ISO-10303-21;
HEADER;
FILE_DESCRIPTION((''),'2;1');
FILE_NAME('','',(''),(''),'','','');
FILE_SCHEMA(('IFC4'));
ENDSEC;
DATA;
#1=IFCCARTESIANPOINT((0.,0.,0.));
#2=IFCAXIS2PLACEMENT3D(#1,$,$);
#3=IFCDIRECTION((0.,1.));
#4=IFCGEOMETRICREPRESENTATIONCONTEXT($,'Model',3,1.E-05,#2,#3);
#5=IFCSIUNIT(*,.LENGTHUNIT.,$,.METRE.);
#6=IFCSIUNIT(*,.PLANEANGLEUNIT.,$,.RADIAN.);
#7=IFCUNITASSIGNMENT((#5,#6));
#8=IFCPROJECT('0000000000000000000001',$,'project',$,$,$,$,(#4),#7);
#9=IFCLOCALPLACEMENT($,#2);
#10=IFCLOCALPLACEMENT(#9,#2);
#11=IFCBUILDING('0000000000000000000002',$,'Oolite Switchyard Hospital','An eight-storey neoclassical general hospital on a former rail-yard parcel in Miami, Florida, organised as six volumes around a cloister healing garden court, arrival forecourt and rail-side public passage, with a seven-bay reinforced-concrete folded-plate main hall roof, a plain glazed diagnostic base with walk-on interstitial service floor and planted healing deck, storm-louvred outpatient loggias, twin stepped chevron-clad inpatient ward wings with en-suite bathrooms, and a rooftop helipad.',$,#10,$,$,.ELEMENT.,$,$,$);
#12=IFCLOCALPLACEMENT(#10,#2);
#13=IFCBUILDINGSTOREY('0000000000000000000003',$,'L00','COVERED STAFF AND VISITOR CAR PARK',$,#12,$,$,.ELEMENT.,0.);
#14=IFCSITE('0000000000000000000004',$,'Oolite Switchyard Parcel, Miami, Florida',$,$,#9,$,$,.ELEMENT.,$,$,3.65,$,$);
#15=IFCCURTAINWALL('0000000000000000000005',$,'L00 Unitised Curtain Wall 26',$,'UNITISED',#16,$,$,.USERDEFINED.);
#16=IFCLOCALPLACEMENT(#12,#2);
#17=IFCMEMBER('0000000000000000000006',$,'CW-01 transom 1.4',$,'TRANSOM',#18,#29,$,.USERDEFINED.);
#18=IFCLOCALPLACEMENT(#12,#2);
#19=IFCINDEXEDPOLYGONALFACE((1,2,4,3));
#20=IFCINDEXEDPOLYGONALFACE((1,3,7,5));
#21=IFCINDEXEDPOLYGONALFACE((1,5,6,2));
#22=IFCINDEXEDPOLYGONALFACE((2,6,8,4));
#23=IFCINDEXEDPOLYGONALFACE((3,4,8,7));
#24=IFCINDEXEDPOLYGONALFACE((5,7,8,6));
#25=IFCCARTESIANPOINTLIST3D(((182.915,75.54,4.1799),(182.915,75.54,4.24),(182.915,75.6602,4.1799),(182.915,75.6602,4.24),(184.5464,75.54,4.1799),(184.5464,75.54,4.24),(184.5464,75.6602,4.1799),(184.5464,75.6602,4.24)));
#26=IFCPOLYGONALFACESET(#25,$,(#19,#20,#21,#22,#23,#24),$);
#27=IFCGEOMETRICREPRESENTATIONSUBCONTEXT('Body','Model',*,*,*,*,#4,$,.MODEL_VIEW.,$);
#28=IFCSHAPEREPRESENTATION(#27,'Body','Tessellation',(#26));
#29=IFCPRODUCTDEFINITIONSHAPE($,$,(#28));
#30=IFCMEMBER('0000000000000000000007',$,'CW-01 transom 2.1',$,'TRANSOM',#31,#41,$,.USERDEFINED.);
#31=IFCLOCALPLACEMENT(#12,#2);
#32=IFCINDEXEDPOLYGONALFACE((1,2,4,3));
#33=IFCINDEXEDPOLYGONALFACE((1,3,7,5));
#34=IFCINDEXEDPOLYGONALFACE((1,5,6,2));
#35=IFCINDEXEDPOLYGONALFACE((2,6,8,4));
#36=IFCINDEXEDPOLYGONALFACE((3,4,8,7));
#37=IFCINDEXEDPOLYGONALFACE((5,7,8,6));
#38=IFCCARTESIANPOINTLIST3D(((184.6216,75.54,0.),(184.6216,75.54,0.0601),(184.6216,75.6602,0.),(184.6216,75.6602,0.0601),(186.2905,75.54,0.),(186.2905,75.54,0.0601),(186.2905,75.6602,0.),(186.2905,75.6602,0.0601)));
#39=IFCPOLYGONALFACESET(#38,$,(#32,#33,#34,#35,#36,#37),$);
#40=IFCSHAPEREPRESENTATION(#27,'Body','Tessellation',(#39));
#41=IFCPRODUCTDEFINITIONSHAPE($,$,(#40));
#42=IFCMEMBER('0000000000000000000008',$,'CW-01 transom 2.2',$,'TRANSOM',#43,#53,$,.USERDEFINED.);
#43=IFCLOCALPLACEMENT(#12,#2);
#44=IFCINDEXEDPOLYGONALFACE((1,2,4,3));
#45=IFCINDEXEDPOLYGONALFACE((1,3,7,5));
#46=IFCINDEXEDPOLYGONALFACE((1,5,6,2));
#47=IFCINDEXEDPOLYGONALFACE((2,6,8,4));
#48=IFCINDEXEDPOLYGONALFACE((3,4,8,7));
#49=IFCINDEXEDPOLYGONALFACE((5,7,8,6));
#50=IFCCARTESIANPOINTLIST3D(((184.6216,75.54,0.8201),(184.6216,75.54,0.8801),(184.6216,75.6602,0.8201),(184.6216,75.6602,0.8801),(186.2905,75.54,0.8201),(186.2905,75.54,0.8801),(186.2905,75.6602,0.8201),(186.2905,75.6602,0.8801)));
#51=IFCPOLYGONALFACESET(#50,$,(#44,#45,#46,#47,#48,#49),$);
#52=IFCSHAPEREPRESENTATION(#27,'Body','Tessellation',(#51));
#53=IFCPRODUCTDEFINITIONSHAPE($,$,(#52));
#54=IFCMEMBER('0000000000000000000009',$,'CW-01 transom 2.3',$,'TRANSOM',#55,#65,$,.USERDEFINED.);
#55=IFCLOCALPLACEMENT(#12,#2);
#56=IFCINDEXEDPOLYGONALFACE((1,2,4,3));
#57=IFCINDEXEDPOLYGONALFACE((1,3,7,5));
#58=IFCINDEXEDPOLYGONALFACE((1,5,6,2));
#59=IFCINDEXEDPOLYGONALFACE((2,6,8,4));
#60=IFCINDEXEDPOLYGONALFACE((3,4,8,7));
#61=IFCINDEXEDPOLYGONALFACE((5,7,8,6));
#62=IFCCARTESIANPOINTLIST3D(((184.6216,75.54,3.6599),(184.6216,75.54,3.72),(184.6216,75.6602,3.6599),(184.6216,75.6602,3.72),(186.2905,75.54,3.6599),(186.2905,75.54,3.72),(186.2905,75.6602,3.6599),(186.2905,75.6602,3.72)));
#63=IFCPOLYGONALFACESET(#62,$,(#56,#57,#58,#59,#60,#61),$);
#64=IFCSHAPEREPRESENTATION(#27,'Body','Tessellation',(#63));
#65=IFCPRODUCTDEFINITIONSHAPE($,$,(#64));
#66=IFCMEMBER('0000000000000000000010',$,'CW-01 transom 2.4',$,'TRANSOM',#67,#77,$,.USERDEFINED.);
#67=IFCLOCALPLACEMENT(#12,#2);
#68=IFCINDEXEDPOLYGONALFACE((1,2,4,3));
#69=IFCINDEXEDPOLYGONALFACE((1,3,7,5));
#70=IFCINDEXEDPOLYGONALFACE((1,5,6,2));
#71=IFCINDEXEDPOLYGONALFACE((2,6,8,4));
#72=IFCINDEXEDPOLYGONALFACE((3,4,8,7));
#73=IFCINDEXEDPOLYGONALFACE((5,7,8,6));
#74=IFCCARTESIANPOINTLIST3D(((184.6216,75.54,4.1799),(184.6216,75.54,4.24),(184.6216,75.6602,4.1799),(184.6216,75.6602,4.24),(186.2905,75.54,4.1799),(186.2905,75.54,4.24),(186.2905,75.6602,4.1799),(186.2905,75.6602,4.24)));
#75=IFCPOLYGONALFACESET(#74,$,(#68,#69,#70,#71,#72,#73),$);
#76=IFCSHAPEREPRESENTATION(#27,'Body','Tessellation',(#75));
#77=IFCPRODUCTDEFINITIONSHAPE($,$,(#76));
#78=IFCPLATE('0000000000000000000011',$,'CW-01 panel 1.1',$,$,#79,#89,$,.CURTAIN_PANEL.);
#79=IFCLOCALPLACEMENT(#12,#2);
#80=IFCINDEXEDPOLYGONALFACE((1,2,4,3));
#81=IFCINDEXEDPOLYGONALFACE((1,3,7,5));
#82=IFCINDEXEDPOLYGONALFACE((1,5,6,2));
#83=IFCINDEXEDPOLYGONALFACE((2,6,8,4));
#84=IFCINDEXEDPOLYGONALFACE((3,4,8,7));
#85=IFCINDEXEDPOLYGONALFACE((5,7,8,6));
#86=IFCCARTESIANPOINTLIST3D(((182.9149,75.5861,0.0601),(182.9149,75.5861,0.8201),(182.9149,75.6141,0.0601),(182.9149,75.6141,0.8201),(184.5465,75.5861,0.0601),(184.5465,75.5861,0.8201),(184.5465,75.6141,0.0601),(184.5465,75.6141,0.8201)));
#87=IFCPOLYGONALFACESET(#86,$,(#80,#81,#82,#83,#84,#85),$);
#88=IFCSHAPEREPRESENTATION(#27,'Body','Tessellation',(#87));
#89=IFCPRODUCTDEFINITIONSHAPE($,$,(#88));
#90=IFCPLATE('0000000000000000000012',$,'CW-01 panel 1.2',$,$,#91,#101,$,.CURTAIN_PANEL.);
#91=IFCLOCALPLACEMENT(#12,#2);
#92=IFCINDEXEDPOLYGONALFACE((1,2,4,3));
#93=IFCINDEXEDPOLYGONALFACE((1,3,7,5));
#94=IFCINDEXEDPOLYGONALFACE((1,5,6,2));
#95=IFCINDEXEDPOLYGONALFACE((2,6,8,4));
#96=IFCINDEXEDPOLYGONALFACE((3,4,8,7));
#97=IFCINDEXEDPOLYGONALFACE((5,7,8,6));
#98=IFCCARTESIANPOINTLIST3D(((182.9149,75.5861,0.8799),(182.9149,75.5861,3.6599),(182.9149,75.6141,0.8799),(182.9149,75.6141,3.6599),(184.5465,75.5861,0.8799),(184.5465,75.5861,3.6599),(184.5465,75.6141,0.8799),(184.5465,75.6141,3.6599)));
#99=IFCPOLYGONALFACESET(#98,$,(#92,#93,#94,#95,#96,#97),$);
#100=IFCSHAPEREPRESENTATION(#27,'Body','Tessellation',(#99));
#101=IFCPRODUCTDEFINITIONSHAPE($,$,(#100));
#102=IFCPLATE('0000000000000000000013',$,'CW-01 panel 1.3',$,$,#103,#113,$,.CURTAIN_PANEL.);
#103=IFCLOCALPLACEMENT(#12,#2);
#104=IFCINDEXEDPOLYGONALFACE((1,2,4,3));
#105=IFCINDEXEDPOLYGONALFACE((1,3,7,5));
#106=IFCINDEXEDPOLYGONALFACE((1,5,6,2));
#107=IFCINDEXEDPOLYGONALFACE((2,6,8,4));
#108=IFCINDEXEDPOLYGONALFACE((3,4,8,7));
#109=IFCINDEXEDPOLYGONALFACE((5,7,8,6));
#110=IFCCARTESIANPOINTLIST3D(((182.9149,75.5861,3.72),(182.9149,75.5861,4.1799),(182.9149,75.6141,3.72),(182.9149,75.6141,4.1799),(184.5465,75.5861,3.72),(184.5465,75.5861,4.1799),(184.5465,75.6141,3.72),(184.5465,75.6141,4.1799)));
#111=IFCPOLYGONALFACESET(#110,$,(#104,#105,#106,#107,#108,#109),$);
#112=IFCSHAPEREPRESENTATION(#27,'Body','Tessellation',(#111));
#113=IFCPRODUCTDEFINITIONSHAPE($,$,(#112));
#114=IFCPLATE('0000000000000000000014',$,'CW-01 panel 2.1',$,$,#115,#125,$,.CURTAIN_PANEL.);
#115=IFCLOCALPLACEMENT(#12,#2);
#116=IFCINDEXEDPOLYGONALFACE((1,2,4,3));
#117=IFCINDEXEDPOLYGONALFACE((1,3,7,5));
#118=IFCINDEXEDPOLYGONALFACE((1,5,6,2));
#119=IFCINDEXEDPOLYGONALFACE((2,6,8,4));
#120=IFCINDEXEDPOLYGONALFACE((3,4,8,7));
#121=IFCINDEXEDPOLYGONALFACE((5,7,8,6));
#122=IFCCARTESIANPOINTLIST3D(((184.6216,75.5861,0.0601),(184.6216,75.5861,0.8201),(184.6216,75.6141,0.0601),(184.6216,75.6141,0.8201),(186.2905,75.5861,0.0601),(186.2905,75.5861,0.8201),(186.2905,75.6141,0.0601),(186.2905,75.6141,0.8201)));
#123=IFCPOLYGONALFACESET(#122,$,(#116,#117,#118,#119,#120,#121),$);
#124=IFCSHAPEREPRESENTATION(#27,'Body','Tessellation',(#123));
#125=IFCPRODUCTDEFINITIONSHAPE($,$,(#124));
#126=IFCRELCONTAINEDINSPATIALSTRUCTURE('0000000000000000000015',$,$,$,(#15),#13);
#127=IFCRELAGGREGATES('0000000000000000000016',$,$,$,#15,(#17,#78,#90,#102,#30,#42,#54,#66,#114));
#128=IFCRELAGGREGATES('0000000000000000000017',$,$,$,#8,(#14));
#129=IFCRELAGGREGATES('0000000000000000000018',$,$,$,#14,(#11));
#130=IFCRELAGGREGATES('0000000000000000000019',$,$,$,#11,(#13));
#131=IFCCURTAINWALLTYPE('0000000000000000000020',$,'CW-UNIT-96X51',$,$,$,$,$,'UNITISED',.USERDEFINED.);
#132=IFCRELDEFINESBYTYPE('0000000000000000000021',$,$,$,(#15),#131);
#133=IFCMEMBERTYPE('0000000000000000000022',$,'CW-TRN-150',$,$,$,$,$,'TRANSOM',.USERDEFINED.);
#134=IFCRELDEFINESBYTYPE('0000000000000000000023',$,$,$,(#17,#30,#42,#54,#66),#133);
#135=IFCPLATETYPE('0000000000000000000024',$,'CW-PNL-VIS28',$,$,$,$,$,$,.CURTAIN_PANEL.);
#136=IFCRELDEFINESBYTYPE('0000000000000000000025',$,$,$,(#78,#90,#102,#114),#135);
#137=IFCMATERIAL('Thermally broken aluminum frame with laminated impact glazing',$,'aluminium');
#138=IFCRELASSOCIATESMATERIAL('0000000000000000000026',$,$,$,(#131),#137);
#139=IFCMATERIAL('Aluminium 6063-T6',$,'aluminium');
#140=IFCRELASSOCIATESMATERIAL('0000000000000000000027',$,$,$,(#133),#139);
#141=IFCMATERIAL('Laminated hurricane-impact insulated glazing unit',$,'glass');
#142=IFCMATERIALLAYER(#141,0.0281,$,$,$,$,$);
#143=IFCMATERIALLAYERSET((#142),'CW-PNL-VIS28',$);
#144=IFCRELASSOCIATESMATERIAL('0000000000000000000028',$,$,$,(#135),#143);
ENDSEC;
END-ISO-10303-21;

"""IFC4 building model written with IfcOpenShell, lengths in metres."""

from ifc_helpers import new_model, si_unit, direction, frame, origin, origin_2d, place, context, subcontext, project, spatial, rectangle, extrude, material, layer, layer_set, material_profile, profile_set, type_object, element, aggregate, save


model = new_model("IFC4")

# Units and contexts
model_context = context("Model", 3, precision=1e-05, world=origin(), true_north=direction((0.0, 1.0)))
body_context = subcontext(model_context, "Body", "Model", "MODEL_VIEW")
ifc_project = project(units=[si_unit("LENGTHUNIT", "METRE"), si_unit("PLANEANGLEUNIT", "RADIAN")], contexts=[model_context])

# Site, building, storey
site_placement = place(None, origin())
site = spatial("IfcSite", under=ifc_project, at=site_placement, Name="Oolite Switchyard Parcel, Miami, Florida", CompositionType="ELEMENT", RefElevation=3.65)
building_placement = place(site_placement, origin())
building = spatial("IfcBuilding", under=site, at=building_placement, Name="Oolite Switchyard Hospital", Description="An eight-storey neoclassical general hospital on a former rail-yard parcel in Miami, Florida, organised as six volumes around a cloister healing garden court, arrival forecourt and rail-side public passage, with a seven-bay reinforced-concrete folded-plate main hall roof, a plain glazed diagnostic base with walk-on interstitial service floor and planted healing deck, storm-louvred outpatient loggias, twin stepped chevron-clad inpatient ward wings with en-suite bathrooms, and a rooftop helipad.", CompositionType="ELEMENT")
storey_placement = place(building_placement, origin())
storey = spatial("IfcBuildingStorey", under=building, at=storey_placement, Name="L00", Description="COVERED STAFF AND VISITOR CAR PARK", CompositionType="ELEMENT", Elevation=0.0)

# Curtain wall, members, plates
ifc_material_1 = material(Name="Thermally broken aluminum frame with laminated impact glazing", Category="aluminium")
curtain_wall_type = type_object("IfcCurtainWallType", Name="CW-UNIT-96X51", ElementType="UNITISED", PredefinedType="USERDEFINED", material=ifc_material_1)
curtain_wall_placement = place(storey_placement, origin())
curtain_wall = element("IfcCurtainWall", 1, at=curtain_wall_placement, inside=storey, type_object=curtain_wall_type, Name="L00 Unitised Curtain Wall 26", ObjectType="UNITISED", PredefinedType="USERDEFINED")
ifc_material_2 = material(Name="Aluminium 6063-T6", Category="aluminium")
ifc_material_profile_1 = material_profile(ifc_material_2, rectangle(XDim=0.1201, YDim=0.0601, at=origin_2d()), Name="CWT60X120")
ifc_profile_set_1 = profile_set([ifc_material_profile_1], Name="Aluminium 6063-T6")
member_type_1 = type_object("IfcMemberType", Name="CW-TRN-150", ElementType="TRANSOM", PredefinedType="USERDEFINED", material=ifc_profile_set_1)
member_1_placement = place(storey_placement, frame((182.915, 75.6001, 4.21), z_axis=(1.0, 0.0, 0.0), x_axis=(0.0, 1.0, 0.0)))
member_1 = element("IfcMember", 2, at=member_1_placement, type_object=member_type_1, Name="CW-01 transom 1.4", ObjectType="TRANSOM", PredefinedType="USERDEFINED", context=body_context, shape_type="SweptSolid", body=[
    extrude(rectangle(XDim=0.1201, YDim=0.0601, at=origin_2d()), origin(), (0.0, 0.0, 1.0), 1.6313),
])
member_2_placement = place(storey_placement, frame((184.6216, 75.6001, 0.03), z_axis=(1.0, 0.0, 0.0), x_axis=(0.0, 1.0, 0.0)))
member_2 = element("IfcMember", 3, at=member_2_placement, type_object=member_type_1, Name="CW-01 transom 2.1", ObjectType="TRANSOM", PredefinedType="USERDEFINED", context=body_context, shape_type="SweptSolid", body=[
    extrude(rectangle(XDim=0.1201, YDim=0.0601, at=origin_2d()), origin(), (0.0, 0.0, 1.0), 1.6689),
])
member_3_placement = place(storey_placement, frame((184.6216, 75.6001, 0.8501), z_axis=(1.0, 0.0, 0.0), x_axis=(0.0, 1.0, 0.0)))
member_3 = element("IfcMember", 4, at=member_3_placement, type_object=member_type_1, Name="CW-01 transom 2.2", ObjectType="TRANSOM", PredefinedType="USERDEFINED", context=body_context, shape_type="SweptSolid", body=[
    extrude(rectangle(XDim=0.1201, YDim=0.0601, at=origin_2d()), origin(), (0.0, 0.0, 1.0), 1.6689),
])
member_4_placement = place(storey_placement, frame((184.6216, 75.6001, 3.6899), z_axis=(1.0, 0.0, 0.0), x_axis=(0.0, 1.0, 0.0)))
member_4 = element("IfcMember", 5, at=member_4_placement, type_object=member_type_1, Name="CW-01 transom 2.3", ObjectType="TRANSOM", PredefinedType="USERDEFINED", context=body_context, shape_type="SweptSolid", body=[
    extrude(rectangle(XDim=0.1201, YDim=0.0601, at=origin_2d()), origin(), (0.0, 0.0, 1.0), 1.6689),
])
member_5_placement = place(storey_placement, frame((184.6216, 75.6001, 4.21), z_axis=(1.0, 0.0, 0.0), x_axis=(0.0, 1.0, 0.0)))
member_5 = element("IfcMember", 6, at=member_5_placement, type_object=member_type_1, Name="CW-01 transom 2.4", ObjectType="TRANSOM", PredefinedType="USERDEFINED", context=body_context, shape_type="SweptSolid", body=[
    extrude(rectangle(XDim=0.1201, YDim=0.0601, at=origin_2d()), origin(), (0.0, 0.0, 1.0), 1.6689),
])
ifc_material_3 = material(Name="Laminated hurricane-impact insulated glazing unit", Category="glass")
ifc_layer = layer(ifc_material_3, 0.0281)
ifc_layer_set = layer_set([ifc_layer], Name="CW-PNL-VIS28")
plate_type = type_object("IfcPlateType", Name="CW-PNL-VIS28", PredefinedType="CURTAIN_PANEL", material=ifc_layer_set)
plate_1_placement = place(storey_placement, frame((183.7307, 75.6001, 0.0601), z_axis=(0.0, 0.0, 1.0), x_axis=(1.0, 0.0, 0.0)))
plate_1 = element("IfcPlate", 7, at=plate_1_placement, type_object=plate_type, Name="CW-01 panel 1.1", PredefinedType="CURTAIN_PANEL", context=body_context, shape_type="SweptSolid", body=[
    extrude(rectangle(XDim=1.6316, YDim=0.0281, at=origin_2d()), origin(), (0.0, 0.0, 1.0), 0.76),
])
plate_2_placement = place(storey_placement, frame((183.7307, 75.6001, 0.8799), z_axis=(0.0, 0.0, 1.0), x_axis=(1.0, 0.0, 0.0)))
plate_2 = element("IfcPlate", 8, at=plate_2_placement, type_object=plate_type, Name="CW-01 panel 1.2", PredefinedType="CURTAIN_PANEL", context=body_context, shape_type="SweptSolid", body=[
    extrude(rectangle(XDim=1.6316, YDim=0.0281, at=origin_2d()), origin(), (0.0, 0.0, 1.0), 2.78),
])
plate_3_placement = place(storey_placement, frame((183.7307, 75.6001, 3.72), z_axis=(0.0, 0.0, 1.0), x_axis=(1.0, 0.0, 0.0)))
plate_3 = element("IfcPlate", 9, at=plate_3_placement, type_object=plate_type, Name="CW-01 panel 1.3", PredefinedType="CURTAIN_PANEL", context=body_context, shape_type="SweptSolid", body=[
    extrude(rectangle(XDim=1.6316, YDim=0.0281, at=origin_2d()), origin(), (0.0, 0.0, 1.0), 0.46),
])
plate_4_placement = place(storey_placement, frame((185.4561, 75.6001, 0.0601), z_axis=(0.0, 0.0, 1.0), x_axis=(1.0, 0.0, 0.0)))
plate_4 = element("IfcPlate", 10, at=plate_4_placement, type_object=plate_type, Name="CW-01 panel 2.1", PredefinedType="CURTAIN_PANEL", context=body_context, shape_type="SweptSolid", body=[
    extrude(rectangle(XDim=1.6689, YDim=0.0281, at=origin_2d()), origin(), (0.0, 0.0, 1.0), 0.76),
])
aggregate(curtain_wall, [member_1, plate_1, plate_2, plate_3, member_2, member_3, member_4, member_5, plate_4])

save(model, "model.ifc")
